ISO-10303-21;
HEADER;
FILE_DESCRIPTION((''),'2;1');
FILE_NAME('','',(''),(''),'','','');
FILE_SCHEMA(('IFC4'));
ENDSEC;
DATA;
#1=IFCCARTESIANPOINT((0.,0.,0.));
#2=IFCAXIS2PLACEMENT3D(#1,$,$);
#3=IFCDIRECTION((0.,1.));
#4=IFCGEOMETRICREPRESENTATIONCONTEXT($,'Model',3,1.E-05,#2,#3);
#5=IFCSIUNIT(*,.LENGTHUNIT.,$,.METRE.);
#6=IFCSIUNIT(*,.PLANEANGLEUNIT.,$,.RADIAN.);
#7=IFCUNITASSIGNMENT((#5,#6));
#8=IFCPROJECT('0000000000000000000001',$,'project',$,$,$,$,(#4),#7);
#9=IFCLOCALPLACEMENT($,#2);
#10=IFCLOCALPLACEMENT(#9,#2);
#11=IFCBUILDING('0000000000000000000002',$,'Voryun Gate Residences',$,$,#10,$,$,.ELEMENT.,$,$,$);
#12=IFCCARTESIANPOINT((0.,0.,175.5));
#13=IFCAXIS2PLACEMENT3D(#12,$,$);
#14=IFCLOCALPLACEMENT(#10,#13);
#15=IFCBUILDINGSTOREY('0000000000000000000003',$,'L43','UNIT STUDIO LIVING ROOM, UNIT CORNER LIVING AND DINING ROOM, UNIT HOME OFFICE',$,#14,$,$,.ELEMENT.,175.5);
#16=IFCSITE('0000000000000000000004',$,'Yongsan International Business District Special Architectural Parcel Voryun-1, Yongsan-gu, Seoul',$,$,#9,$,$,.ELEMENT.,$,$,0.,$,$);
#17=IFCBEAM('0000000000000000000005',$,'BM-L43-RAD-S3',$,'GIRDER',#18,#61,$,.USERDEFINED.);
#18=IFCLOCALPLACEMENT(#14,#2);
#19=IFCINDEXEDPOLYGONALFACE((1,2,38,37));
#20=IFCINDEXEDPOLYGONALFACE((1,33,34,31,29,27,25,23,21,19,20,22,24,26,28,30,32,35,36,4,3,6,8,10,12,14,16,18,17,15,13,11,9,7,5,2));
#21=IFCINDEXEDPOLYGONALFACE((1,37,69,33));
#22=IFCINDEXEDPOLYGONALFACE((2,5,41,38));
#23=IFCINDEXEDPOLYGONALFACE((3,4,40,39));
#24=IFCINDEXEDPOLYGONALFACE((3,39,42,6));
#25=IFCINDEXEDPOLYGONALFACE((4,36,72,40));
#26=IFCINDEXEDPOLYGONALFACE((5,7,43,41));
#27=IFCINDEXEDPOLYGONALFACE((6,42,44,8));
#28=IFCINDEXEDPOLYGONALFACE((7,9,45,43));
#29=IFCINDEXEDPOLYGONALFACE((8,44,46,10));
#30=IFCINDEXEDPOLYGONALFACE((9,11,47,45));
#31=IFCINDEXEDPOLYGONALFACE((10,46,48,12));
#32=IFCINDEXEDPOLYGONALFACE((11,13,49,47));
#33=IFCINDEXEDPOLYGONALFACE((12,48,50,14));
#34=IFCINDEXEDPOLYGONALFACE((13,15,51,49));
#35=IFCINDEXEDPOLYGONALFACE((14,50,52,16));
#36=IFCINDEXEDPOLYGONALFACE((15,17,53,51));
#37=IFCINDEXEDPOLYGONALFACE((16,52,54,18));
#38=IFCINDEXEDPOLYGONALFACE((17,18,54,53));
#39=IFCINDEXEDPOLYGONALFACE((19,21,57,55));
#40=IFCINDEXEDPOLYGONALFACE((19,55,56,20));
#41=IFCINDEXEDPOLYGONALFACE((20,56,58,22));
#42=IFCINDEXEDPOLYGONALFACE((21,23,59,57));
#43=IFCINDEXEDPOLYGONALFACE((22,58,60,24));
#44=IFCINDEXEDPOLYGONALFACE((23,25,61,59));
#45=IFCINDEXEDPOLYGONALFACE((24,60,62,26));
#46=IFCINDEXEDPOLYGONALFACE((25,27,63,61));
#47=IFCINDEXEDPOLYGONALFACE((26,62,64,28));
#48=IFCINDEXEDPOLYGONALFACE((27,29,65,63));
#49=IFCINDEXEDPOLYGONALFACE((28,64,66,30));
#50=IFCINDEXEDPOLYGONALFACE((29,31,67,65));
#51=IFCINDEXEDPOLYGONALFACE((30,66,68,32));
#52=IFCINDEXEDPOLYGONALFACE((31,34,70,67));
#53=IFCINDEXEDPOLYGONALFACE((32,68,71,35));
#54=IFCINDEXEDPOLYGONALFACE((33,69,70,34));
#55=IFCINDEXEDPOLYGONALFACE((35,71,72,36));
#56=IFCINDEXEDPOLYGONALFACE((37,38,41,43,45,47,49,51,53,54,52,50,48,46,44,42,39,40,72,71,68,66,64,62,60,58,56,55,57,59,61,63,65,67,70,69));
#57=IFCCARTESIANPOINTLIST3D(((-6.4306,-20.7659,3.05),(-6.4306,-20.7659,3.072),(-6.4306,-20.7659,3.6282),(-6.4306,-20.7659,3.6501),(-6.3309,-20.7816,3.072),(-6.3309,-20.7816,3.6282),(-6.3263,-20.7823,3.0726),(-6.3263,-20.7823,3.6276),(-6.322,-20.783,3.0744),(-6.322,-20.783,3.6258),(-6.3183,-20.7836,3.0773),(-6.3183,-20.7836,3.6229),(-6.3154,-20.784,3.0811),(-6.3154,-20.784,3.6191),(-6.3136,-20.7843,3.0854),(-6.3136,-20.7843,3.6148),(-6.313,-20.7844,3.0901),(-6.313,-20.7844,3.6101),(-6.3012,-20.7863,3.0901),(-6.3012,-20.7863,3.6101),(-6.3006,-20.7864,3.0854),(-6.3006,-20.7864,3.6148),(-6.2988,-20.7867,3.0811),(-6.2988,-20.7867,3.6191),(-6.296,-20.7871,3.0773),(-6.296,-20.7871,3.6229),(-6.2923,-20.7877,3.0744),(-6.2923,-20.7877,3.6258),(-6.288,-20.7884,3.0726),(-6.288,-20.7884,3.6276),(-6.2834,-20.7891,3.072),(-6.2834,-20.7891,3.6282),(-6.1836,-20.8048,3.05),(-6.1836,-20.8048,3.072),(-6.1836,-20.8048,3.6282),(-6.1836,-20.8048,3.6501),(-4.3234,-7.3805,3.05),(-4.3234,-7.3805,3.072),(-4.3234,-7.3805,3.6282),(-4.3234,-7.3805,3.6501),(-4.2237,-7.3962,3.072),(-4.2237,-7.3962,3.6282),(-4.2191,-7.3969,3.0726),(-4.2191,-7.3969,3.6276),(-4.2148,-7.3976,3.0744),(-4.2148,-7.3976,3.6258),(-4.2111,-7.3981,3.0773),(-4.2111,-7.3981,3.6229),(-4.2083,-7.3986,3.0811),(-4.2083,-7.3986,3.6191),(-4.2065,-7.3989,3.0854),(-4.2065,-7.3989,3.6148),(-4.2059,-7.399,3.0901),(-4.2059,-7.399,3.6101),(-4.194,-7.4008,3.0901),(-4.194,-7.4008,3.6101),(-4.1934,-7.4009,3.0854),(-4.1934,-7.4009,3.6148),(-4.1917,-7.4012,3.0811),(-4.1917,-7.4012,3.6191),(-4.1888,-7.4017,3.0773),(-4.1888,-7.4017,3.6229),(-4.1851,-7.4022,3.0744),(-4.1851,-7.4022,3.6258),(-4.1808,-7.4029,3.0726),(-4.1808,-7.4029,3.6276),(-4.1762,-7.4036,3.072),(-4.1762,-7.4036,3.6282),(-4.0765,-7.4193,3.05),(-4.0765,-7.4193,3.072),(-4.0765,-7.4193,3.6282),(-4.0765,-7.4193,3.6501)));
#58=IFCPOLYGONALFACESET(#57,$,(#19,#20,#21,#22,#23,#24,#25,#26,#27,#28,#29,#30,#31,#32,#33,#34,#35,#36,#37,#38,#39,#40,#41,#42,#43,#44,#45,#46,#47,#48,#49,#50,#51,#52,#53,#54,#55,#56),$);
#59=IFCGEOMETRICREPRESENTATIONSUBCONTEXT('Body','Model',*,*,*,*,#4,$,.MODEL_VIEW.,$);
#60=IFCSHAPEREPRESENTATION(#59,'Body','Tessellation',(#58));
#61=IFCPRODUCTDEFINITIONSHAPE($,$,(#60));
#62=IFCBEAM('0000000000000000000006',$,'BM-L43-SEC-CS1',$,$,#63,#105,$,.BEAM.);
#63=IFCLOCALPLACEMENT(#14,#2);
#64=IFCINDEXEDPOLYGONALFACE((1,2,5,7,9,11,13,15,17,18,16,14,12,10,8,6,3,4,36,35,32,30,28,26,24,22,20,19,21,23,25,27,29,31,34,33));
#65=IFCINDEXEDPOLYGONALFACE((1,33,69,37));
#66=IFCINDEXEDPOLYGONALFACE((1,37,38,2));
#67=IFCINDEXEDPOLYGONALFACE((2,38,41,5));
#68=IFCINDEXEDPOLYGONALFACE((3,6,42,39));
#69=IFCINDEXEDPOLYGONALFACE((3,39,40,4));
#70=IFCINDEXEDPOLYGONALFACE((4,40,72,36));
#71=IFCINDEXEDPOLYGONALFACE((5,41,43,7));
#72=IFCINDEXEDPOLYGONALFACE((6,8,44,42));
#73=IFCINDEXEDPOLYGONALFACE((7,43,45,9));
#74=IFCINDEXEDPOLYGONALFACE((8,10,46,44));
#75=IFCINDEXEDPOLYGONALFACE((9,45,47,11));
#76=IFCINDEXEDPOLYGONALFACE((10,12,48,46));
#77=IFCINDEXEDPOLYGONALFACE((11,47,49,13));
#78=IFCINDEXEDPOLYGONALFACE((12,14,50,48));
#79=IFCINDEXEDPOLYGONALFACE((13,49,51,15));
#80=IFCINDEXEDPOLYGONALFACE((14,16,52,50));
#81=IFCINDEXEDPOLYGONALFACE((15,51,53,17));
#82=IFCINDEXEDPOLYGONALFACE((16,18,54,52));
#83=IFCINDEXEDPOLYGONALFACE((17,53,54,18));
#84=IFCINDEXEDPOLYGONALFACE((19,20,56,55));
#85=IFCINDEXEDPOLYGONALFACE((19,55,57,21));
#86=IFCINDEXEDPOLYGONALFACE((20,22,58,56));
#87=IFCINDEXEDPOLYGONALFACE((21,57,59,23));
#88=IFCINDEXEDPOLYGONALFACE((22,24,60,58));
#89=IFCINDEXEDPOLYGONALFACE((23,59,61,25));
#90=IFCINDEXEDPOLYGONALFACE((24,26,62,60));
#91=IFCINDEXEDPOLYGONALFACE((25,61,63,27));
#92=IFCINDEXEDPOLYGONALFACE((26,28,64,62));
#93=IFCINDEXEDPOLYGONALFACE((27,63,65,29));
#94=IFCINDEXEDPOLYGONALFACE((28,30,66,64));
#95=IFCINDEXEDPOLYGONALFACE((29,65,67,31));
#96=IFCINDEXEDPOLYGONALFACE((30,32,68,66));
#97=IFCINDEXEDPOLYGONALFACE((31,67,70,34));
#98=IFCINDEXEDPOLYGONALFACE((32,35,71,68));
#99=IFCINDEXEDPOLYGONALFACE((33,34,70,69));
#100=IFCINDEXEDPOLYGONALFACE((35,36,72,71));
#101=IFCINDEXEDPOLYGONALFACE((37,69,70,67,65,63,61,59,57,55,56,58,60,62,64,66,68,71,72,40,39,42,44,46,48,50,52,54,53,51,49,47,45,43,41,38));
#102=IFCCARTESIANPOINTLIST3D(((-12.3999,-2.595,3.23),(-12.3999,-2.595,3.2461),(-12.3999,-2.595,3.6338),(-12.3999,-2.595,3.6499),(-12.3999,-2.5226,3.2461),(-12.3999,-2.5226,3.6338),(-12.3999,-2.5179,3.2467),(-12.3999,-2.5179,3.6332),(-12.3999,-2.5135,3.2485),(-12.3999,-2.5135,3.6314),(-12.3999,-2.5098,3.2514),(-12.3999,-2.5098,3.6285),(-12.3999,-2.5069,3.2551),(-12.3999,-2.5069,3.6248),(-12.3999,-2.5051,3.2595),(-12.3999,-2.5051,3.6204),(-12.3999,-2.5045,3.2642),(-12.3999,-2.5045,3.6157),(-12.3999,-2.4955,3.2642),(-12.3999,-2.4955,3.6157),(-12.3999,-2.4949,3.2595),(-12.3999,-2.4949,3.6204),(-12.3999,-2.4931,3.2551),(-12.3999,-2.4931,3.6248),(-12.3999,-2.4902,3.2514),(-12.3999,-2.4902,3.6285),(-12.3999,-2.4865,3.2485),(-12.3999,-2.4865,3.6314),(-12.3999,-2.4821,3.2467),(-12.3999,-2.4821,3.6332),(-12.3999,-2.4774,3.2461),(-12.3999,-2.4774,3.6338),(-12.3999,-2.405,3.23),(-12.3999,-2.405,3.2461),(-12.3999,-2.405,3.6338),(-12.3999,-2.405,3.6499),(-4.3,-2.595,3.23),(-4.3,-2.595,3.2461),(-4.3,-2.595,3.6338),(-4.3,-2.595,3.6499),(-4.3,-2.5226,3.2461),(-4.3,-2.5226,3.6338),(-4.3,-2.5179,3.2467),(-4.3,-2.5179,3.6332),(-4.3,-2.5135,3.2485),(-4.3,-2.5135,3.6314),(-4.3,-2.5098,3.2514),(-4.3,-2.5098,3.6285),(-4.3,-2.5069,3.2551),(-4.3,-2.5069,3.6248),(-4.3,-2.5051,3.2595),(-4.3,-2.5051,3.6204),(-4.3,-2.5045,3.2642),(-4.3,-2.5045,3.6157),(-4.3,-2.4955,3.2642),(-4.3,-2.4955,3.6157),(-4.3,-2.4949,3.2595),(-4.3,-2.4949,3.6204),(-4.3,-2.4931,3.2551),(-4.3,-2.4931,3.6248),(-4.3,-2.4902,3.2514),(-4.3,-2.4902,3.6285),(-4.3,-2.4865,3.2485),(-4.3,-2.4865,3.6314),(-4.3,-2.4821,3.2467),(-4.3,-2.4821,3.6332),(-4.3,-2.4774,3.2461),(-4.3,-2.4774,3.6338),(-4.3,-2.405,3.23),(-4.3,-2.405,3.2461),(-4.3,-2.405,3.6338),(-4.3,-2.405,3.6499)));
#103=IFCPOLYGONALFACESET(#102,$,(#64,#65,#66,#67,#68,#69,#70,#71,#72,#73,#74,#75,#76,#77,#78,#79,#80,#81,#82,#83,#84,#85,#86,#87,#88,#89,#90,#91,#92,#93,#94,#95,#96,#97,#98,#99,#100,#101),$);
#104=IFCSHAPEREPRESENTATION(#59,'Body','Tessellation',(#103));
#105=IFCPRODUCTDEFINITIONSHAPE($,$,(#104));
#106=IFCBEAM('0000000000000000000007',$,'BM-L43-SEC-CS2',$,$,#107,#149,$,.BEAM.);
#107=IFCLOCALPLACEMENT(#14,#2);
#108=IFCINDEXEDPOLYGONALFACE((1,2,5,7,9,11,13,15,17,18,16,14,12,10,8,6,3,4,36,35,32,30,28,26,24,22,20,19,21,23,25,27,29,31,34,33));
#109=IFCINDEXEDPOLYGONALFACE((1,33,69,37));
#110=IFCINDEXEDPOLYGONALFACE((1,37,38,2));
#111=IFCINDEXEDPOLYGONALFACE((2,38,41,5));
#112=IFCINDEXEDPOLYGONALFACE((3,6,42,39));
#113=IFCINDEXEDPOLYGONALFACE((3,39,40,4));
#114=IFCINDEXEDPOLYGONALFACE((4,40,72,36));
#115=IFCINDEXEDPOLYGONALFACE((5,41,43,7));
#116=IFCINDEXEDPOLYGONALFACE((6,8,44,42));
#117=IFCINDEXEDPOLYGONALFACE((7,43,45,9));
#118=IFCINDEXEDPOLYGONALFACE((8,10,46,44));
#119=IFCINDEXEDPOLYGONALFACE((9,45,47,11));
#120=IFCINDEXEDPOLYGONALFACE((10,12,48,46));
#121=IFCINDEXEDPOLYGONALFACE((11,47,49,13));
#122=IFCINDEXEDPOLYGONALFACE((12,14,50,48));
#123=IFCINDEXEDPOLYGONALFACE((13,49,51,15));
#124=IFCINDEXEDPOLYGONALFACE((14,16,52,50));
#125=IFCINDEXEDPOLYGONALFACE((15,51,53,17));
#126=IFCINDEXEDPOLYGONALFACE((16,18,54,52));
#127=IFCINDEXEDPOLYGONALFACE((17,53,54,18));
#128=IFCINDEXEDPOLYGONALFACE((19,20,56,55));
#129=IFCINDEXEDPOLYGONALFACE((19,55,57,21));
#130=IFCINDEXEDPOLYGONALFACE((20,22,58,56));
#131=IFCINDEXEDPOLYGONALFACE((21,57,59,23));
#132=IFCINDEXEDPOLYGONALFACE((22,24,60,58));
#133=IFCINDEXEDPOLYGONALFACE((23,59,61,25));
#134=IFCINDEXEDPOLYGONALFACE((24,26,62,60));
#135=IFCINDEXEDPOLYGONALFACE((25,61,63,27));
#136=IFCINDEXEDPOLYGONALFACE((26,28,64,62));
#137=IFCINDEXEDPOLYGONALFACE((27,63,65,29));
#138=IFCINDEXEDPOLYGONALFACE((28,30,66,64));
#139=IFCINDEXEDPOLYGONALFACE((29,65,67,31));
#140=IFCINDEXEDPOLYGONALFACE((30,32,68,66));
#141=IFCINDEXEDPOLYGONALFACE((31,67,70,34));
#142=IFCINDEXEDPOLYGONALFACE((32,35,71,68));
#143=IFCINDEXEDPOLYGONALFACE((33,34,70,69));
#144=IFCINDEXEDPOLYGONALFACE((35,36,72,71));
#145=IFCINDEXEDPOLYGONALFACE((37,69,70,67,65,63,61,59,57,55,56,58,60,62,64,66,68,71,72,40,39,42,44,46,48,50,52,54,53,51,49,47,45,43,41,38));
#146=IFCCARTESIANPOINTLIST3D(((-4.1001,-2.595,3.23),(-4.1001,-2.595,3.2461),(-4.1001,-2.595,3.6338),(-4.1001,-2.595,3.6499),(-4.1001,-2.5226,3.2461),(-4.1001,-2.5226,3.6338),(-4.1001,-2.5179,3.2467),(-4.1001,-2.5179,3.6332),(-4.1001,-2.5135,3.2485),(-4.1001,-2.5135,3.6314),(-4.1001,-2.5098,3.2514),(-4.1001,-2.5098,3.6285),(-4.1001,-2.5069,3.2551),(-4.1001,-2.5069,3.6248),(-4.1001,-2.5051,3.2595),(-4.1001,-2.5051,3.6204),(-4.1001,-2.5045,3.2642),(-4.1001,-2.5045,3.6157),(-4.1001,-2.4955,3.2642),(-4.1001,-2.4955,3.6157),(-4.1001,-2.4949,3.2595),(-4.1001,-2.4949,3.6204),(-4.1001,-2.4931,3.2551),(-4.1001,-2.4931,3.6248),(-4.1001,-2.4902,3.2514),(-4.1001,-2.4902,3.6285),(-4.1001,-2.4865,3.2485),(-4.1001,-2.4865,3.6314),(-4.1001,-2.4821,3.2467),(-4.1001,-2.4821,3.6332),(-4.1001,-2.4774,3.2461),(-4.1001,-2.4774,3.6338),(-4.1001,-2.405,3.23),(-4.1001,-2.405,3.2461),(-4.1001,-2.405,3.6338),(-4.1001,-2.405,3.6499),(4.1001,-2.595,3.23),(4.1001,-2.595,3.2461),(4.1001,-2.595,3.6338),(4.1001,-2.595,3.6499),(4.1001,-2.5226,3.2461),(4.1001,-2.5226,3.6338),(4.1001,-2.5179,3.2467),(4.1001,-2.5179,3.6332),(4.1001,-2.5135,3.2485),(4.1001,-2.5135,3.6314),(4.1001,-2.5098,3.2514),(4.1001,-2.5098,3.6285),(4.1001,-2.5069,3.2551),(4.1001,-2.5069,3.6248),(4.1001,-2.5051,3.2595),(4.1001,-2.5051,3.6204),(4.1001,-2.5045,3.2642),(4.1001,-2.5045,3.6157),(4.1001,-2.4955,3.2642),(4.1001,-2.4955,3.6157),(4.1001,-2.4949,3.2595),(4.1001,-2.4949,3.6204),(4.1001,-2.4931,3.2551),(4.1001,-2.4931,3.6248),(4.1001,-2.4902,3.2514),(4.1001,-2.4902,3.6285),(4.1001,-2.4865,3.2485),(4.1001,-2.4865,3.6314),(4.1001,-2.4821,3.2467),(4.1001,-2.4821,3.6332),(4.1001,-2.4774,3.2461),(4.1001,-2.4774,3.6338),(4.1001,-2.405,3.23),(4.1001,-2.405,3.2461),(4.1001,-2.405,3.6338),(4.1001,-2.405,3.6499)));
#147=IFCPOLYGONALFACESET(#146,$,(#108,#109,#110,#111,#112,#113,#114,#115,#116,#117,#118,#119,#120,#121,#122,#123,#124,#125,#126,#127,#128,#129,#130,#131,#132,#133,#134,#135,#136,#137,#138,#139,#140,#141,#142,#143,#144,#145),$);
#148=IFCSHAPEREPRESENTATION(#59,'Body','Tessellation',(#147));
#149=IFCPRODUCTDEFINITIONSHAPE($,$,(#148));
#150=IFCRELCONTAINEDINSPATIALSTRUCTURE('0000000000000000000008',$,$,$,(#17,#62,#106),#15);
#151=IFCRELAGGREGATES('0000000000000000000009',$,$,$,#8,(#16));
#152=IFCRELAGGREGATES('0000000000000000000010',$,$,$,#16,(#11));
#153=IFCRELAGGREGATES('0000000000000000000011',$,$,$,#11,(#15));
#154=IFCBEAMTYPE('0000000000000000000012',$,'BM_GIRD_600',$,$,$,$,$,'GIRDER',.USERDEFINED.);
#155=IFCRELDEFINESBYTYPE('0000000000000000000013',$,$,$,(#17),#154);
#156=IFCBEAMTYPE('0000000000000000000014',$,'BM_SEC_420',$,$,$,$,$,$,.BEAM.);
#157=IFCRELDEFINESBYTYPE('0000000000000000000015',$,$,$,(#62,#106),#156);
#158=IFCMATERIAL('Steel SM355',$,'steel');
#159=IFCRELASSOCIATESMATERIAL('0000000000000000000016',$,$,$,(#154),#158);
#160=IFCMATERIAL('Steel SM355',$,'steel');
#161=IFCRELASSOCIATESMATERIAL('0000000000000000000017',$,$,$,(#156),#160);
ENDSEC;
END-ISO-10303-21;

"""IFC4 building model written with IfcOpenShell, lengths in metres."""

from ifc_helpers import new_model, si_unit, direction, frame, origin, origin_2d, place, context, subcontext, project, spatial, i_section, extrude, material, material_profile, profile_set, type_object, element, save


model = new_model("IFC4")

# Units and contexts
model_context = context("Model", 3, precision=1e-05, world=origin(), true_north=direction((0.0, 1.0)))
body_context = subcontext(model_context, "Body", "Model", "MODEL_VIEW")
ifc_project = project(units=[si_unit("LENGTHUNIT", "METRE"), si_unit("PLANEANGLEUNIT", "RADIAN")], contexts=[model_context])

# Site, building, storey
site_placement = place(None, origin())
site = spatial("IfcSite", under=ifc_project, at=site_placement, Name="Yongsan International Business District Special Architectural Parcel Voryun-1, Yongsan-gu, Seoul", CompositionType="ELEMENT", RefElevation=0.0)
building_placement = place(site_placement, origin())
building = spatial("IfcBuilding", under=site, at=building_placement, Name="Voryun Gate Residences", CompositionType="ELEMENT")
storey_placement = place(building_placement, frame((0.0, 0.0, 175.5)))
storey = spatial("IfcBuildingStorey", under=building, at=storey_placement, Name="L43", Description="UNIT STUDIO LIVING ROOM, UNIT CORNER LIVING AND DINING ROOM, UNIT HOME OFFICE", CompositionType="ELEMENT", Elevation=175.5)

# Beams
ifc_material_1 = material(Name="Steel SM355", Category="steel")
ifc_material_profile_1 = material_profile(ifc_material_1, i_section(OverallWidth=0.25, OverallDepth=0.6001, WebThickness=0.012, FlangeThickness=0.022, FilletRadius=0.0181, at=origin_2d()), Name="H-600x250x12x22")
ifc_profile_set_1 = profile_set([ifc_material_profile_1], Name="Steel SM355")
beam_type_1 = type_object("IfcBeamType", Name="BM_GIRD_600", ElementType="GIRDER", PredefinedType="USERDEFINED", material=ifc_profile_set_1)
beam_1_placement = place(storey_placement, frame((-4.2, -7.3999, 3.3501), z_axis=(-0.155507, -0.987835, 0.0), x_axis=(0.987835, -0.155507, 0.0)))
element("IfcBeam", 1, at=beam_1_placement, inside=storey, type_object=beam_type_1, Name="BM-L43-RAD-S3", ObjectType="GIRDER", PredefinedType="USERDEFINED", context=body_context, shape_type="SweptSolid", body=[
    extrude(i_section(OverallWidth=0.25, OverallDepth=0.6001, WebThickness=0.012, FlangeThickness=0.022, FilletRadius=0.0181, at=origin_2d()), origin(), (0.0, 0.0, 1.0), 13.5503),
])
ifc_material_2 = material(Name="Steel SM355", Category="steel")
ifc_material_profile_2 = material_profile(ifc_material_2, i_section(OverallWidth=0.1899, OverallDepth=0.4199, WebThickness=0.009, FlangeThickness=0.0161, FilletRadius=0.0181, at=origin_2d()), Name="H-420x190x9x16")
ifc_profile_set_2 = profile_set([ifc_material_profile_2], Name="Steel SM355")
beam_type_2 = type_object("IfcBeamType", Name="BM_SEC_420", PredefinedType="BEAM", material=ifc_profile_set_2)
beam_2_placement = place(storey_placement, frame((-12.3999, -2.5, 3.4399), z_axis=(1.0, 0.0, 0.0), x_axis=(0.0, 1.0, 0.0)))
element("IfcBeam", 2, at=beam_2_placement, inside=storey, type_object=beam_type_2, Name="BM-L43-SEC-CS1", PredefinedType="BEAM", context=body_context, shape_type="SweptSolid", body=[
    extrude(i_section(OverallWidth=0.1899, OverallDepth=0.4199, WebThickness=0.009, FlangeThickness=0.0161, FilletRadius=0.0181, at=origin_2d()), origin(), (0.0, 0.0, 1.0), 8.0999),
])
beam_3_placement = place(storey_placement, frame((-4.1001, -2.5, 3.4399), z_axis=(1.0, 0.0, 0.0), x_axis=(0.0, 1.0, 0.0)))
element("IfcBeam", 3, at=beam_3_placement, inside=storey, type_object=beam_type_2, Name="BM-L43-SEC-CS2", PredefinedType="BEAM", context=body_context, shape_type="SweptSolid", body=[
    extrude(i_section(OverallWidth=0.1899, OverallDepth=0.4199, WebThickness=0.009, FlangeThickness=0.0161, FilletRadius=0.0181, at=origin_2d()), origin(), (0.0, 0.0, 1.0), 8.2002),
])

save(model, "model.ifc")
